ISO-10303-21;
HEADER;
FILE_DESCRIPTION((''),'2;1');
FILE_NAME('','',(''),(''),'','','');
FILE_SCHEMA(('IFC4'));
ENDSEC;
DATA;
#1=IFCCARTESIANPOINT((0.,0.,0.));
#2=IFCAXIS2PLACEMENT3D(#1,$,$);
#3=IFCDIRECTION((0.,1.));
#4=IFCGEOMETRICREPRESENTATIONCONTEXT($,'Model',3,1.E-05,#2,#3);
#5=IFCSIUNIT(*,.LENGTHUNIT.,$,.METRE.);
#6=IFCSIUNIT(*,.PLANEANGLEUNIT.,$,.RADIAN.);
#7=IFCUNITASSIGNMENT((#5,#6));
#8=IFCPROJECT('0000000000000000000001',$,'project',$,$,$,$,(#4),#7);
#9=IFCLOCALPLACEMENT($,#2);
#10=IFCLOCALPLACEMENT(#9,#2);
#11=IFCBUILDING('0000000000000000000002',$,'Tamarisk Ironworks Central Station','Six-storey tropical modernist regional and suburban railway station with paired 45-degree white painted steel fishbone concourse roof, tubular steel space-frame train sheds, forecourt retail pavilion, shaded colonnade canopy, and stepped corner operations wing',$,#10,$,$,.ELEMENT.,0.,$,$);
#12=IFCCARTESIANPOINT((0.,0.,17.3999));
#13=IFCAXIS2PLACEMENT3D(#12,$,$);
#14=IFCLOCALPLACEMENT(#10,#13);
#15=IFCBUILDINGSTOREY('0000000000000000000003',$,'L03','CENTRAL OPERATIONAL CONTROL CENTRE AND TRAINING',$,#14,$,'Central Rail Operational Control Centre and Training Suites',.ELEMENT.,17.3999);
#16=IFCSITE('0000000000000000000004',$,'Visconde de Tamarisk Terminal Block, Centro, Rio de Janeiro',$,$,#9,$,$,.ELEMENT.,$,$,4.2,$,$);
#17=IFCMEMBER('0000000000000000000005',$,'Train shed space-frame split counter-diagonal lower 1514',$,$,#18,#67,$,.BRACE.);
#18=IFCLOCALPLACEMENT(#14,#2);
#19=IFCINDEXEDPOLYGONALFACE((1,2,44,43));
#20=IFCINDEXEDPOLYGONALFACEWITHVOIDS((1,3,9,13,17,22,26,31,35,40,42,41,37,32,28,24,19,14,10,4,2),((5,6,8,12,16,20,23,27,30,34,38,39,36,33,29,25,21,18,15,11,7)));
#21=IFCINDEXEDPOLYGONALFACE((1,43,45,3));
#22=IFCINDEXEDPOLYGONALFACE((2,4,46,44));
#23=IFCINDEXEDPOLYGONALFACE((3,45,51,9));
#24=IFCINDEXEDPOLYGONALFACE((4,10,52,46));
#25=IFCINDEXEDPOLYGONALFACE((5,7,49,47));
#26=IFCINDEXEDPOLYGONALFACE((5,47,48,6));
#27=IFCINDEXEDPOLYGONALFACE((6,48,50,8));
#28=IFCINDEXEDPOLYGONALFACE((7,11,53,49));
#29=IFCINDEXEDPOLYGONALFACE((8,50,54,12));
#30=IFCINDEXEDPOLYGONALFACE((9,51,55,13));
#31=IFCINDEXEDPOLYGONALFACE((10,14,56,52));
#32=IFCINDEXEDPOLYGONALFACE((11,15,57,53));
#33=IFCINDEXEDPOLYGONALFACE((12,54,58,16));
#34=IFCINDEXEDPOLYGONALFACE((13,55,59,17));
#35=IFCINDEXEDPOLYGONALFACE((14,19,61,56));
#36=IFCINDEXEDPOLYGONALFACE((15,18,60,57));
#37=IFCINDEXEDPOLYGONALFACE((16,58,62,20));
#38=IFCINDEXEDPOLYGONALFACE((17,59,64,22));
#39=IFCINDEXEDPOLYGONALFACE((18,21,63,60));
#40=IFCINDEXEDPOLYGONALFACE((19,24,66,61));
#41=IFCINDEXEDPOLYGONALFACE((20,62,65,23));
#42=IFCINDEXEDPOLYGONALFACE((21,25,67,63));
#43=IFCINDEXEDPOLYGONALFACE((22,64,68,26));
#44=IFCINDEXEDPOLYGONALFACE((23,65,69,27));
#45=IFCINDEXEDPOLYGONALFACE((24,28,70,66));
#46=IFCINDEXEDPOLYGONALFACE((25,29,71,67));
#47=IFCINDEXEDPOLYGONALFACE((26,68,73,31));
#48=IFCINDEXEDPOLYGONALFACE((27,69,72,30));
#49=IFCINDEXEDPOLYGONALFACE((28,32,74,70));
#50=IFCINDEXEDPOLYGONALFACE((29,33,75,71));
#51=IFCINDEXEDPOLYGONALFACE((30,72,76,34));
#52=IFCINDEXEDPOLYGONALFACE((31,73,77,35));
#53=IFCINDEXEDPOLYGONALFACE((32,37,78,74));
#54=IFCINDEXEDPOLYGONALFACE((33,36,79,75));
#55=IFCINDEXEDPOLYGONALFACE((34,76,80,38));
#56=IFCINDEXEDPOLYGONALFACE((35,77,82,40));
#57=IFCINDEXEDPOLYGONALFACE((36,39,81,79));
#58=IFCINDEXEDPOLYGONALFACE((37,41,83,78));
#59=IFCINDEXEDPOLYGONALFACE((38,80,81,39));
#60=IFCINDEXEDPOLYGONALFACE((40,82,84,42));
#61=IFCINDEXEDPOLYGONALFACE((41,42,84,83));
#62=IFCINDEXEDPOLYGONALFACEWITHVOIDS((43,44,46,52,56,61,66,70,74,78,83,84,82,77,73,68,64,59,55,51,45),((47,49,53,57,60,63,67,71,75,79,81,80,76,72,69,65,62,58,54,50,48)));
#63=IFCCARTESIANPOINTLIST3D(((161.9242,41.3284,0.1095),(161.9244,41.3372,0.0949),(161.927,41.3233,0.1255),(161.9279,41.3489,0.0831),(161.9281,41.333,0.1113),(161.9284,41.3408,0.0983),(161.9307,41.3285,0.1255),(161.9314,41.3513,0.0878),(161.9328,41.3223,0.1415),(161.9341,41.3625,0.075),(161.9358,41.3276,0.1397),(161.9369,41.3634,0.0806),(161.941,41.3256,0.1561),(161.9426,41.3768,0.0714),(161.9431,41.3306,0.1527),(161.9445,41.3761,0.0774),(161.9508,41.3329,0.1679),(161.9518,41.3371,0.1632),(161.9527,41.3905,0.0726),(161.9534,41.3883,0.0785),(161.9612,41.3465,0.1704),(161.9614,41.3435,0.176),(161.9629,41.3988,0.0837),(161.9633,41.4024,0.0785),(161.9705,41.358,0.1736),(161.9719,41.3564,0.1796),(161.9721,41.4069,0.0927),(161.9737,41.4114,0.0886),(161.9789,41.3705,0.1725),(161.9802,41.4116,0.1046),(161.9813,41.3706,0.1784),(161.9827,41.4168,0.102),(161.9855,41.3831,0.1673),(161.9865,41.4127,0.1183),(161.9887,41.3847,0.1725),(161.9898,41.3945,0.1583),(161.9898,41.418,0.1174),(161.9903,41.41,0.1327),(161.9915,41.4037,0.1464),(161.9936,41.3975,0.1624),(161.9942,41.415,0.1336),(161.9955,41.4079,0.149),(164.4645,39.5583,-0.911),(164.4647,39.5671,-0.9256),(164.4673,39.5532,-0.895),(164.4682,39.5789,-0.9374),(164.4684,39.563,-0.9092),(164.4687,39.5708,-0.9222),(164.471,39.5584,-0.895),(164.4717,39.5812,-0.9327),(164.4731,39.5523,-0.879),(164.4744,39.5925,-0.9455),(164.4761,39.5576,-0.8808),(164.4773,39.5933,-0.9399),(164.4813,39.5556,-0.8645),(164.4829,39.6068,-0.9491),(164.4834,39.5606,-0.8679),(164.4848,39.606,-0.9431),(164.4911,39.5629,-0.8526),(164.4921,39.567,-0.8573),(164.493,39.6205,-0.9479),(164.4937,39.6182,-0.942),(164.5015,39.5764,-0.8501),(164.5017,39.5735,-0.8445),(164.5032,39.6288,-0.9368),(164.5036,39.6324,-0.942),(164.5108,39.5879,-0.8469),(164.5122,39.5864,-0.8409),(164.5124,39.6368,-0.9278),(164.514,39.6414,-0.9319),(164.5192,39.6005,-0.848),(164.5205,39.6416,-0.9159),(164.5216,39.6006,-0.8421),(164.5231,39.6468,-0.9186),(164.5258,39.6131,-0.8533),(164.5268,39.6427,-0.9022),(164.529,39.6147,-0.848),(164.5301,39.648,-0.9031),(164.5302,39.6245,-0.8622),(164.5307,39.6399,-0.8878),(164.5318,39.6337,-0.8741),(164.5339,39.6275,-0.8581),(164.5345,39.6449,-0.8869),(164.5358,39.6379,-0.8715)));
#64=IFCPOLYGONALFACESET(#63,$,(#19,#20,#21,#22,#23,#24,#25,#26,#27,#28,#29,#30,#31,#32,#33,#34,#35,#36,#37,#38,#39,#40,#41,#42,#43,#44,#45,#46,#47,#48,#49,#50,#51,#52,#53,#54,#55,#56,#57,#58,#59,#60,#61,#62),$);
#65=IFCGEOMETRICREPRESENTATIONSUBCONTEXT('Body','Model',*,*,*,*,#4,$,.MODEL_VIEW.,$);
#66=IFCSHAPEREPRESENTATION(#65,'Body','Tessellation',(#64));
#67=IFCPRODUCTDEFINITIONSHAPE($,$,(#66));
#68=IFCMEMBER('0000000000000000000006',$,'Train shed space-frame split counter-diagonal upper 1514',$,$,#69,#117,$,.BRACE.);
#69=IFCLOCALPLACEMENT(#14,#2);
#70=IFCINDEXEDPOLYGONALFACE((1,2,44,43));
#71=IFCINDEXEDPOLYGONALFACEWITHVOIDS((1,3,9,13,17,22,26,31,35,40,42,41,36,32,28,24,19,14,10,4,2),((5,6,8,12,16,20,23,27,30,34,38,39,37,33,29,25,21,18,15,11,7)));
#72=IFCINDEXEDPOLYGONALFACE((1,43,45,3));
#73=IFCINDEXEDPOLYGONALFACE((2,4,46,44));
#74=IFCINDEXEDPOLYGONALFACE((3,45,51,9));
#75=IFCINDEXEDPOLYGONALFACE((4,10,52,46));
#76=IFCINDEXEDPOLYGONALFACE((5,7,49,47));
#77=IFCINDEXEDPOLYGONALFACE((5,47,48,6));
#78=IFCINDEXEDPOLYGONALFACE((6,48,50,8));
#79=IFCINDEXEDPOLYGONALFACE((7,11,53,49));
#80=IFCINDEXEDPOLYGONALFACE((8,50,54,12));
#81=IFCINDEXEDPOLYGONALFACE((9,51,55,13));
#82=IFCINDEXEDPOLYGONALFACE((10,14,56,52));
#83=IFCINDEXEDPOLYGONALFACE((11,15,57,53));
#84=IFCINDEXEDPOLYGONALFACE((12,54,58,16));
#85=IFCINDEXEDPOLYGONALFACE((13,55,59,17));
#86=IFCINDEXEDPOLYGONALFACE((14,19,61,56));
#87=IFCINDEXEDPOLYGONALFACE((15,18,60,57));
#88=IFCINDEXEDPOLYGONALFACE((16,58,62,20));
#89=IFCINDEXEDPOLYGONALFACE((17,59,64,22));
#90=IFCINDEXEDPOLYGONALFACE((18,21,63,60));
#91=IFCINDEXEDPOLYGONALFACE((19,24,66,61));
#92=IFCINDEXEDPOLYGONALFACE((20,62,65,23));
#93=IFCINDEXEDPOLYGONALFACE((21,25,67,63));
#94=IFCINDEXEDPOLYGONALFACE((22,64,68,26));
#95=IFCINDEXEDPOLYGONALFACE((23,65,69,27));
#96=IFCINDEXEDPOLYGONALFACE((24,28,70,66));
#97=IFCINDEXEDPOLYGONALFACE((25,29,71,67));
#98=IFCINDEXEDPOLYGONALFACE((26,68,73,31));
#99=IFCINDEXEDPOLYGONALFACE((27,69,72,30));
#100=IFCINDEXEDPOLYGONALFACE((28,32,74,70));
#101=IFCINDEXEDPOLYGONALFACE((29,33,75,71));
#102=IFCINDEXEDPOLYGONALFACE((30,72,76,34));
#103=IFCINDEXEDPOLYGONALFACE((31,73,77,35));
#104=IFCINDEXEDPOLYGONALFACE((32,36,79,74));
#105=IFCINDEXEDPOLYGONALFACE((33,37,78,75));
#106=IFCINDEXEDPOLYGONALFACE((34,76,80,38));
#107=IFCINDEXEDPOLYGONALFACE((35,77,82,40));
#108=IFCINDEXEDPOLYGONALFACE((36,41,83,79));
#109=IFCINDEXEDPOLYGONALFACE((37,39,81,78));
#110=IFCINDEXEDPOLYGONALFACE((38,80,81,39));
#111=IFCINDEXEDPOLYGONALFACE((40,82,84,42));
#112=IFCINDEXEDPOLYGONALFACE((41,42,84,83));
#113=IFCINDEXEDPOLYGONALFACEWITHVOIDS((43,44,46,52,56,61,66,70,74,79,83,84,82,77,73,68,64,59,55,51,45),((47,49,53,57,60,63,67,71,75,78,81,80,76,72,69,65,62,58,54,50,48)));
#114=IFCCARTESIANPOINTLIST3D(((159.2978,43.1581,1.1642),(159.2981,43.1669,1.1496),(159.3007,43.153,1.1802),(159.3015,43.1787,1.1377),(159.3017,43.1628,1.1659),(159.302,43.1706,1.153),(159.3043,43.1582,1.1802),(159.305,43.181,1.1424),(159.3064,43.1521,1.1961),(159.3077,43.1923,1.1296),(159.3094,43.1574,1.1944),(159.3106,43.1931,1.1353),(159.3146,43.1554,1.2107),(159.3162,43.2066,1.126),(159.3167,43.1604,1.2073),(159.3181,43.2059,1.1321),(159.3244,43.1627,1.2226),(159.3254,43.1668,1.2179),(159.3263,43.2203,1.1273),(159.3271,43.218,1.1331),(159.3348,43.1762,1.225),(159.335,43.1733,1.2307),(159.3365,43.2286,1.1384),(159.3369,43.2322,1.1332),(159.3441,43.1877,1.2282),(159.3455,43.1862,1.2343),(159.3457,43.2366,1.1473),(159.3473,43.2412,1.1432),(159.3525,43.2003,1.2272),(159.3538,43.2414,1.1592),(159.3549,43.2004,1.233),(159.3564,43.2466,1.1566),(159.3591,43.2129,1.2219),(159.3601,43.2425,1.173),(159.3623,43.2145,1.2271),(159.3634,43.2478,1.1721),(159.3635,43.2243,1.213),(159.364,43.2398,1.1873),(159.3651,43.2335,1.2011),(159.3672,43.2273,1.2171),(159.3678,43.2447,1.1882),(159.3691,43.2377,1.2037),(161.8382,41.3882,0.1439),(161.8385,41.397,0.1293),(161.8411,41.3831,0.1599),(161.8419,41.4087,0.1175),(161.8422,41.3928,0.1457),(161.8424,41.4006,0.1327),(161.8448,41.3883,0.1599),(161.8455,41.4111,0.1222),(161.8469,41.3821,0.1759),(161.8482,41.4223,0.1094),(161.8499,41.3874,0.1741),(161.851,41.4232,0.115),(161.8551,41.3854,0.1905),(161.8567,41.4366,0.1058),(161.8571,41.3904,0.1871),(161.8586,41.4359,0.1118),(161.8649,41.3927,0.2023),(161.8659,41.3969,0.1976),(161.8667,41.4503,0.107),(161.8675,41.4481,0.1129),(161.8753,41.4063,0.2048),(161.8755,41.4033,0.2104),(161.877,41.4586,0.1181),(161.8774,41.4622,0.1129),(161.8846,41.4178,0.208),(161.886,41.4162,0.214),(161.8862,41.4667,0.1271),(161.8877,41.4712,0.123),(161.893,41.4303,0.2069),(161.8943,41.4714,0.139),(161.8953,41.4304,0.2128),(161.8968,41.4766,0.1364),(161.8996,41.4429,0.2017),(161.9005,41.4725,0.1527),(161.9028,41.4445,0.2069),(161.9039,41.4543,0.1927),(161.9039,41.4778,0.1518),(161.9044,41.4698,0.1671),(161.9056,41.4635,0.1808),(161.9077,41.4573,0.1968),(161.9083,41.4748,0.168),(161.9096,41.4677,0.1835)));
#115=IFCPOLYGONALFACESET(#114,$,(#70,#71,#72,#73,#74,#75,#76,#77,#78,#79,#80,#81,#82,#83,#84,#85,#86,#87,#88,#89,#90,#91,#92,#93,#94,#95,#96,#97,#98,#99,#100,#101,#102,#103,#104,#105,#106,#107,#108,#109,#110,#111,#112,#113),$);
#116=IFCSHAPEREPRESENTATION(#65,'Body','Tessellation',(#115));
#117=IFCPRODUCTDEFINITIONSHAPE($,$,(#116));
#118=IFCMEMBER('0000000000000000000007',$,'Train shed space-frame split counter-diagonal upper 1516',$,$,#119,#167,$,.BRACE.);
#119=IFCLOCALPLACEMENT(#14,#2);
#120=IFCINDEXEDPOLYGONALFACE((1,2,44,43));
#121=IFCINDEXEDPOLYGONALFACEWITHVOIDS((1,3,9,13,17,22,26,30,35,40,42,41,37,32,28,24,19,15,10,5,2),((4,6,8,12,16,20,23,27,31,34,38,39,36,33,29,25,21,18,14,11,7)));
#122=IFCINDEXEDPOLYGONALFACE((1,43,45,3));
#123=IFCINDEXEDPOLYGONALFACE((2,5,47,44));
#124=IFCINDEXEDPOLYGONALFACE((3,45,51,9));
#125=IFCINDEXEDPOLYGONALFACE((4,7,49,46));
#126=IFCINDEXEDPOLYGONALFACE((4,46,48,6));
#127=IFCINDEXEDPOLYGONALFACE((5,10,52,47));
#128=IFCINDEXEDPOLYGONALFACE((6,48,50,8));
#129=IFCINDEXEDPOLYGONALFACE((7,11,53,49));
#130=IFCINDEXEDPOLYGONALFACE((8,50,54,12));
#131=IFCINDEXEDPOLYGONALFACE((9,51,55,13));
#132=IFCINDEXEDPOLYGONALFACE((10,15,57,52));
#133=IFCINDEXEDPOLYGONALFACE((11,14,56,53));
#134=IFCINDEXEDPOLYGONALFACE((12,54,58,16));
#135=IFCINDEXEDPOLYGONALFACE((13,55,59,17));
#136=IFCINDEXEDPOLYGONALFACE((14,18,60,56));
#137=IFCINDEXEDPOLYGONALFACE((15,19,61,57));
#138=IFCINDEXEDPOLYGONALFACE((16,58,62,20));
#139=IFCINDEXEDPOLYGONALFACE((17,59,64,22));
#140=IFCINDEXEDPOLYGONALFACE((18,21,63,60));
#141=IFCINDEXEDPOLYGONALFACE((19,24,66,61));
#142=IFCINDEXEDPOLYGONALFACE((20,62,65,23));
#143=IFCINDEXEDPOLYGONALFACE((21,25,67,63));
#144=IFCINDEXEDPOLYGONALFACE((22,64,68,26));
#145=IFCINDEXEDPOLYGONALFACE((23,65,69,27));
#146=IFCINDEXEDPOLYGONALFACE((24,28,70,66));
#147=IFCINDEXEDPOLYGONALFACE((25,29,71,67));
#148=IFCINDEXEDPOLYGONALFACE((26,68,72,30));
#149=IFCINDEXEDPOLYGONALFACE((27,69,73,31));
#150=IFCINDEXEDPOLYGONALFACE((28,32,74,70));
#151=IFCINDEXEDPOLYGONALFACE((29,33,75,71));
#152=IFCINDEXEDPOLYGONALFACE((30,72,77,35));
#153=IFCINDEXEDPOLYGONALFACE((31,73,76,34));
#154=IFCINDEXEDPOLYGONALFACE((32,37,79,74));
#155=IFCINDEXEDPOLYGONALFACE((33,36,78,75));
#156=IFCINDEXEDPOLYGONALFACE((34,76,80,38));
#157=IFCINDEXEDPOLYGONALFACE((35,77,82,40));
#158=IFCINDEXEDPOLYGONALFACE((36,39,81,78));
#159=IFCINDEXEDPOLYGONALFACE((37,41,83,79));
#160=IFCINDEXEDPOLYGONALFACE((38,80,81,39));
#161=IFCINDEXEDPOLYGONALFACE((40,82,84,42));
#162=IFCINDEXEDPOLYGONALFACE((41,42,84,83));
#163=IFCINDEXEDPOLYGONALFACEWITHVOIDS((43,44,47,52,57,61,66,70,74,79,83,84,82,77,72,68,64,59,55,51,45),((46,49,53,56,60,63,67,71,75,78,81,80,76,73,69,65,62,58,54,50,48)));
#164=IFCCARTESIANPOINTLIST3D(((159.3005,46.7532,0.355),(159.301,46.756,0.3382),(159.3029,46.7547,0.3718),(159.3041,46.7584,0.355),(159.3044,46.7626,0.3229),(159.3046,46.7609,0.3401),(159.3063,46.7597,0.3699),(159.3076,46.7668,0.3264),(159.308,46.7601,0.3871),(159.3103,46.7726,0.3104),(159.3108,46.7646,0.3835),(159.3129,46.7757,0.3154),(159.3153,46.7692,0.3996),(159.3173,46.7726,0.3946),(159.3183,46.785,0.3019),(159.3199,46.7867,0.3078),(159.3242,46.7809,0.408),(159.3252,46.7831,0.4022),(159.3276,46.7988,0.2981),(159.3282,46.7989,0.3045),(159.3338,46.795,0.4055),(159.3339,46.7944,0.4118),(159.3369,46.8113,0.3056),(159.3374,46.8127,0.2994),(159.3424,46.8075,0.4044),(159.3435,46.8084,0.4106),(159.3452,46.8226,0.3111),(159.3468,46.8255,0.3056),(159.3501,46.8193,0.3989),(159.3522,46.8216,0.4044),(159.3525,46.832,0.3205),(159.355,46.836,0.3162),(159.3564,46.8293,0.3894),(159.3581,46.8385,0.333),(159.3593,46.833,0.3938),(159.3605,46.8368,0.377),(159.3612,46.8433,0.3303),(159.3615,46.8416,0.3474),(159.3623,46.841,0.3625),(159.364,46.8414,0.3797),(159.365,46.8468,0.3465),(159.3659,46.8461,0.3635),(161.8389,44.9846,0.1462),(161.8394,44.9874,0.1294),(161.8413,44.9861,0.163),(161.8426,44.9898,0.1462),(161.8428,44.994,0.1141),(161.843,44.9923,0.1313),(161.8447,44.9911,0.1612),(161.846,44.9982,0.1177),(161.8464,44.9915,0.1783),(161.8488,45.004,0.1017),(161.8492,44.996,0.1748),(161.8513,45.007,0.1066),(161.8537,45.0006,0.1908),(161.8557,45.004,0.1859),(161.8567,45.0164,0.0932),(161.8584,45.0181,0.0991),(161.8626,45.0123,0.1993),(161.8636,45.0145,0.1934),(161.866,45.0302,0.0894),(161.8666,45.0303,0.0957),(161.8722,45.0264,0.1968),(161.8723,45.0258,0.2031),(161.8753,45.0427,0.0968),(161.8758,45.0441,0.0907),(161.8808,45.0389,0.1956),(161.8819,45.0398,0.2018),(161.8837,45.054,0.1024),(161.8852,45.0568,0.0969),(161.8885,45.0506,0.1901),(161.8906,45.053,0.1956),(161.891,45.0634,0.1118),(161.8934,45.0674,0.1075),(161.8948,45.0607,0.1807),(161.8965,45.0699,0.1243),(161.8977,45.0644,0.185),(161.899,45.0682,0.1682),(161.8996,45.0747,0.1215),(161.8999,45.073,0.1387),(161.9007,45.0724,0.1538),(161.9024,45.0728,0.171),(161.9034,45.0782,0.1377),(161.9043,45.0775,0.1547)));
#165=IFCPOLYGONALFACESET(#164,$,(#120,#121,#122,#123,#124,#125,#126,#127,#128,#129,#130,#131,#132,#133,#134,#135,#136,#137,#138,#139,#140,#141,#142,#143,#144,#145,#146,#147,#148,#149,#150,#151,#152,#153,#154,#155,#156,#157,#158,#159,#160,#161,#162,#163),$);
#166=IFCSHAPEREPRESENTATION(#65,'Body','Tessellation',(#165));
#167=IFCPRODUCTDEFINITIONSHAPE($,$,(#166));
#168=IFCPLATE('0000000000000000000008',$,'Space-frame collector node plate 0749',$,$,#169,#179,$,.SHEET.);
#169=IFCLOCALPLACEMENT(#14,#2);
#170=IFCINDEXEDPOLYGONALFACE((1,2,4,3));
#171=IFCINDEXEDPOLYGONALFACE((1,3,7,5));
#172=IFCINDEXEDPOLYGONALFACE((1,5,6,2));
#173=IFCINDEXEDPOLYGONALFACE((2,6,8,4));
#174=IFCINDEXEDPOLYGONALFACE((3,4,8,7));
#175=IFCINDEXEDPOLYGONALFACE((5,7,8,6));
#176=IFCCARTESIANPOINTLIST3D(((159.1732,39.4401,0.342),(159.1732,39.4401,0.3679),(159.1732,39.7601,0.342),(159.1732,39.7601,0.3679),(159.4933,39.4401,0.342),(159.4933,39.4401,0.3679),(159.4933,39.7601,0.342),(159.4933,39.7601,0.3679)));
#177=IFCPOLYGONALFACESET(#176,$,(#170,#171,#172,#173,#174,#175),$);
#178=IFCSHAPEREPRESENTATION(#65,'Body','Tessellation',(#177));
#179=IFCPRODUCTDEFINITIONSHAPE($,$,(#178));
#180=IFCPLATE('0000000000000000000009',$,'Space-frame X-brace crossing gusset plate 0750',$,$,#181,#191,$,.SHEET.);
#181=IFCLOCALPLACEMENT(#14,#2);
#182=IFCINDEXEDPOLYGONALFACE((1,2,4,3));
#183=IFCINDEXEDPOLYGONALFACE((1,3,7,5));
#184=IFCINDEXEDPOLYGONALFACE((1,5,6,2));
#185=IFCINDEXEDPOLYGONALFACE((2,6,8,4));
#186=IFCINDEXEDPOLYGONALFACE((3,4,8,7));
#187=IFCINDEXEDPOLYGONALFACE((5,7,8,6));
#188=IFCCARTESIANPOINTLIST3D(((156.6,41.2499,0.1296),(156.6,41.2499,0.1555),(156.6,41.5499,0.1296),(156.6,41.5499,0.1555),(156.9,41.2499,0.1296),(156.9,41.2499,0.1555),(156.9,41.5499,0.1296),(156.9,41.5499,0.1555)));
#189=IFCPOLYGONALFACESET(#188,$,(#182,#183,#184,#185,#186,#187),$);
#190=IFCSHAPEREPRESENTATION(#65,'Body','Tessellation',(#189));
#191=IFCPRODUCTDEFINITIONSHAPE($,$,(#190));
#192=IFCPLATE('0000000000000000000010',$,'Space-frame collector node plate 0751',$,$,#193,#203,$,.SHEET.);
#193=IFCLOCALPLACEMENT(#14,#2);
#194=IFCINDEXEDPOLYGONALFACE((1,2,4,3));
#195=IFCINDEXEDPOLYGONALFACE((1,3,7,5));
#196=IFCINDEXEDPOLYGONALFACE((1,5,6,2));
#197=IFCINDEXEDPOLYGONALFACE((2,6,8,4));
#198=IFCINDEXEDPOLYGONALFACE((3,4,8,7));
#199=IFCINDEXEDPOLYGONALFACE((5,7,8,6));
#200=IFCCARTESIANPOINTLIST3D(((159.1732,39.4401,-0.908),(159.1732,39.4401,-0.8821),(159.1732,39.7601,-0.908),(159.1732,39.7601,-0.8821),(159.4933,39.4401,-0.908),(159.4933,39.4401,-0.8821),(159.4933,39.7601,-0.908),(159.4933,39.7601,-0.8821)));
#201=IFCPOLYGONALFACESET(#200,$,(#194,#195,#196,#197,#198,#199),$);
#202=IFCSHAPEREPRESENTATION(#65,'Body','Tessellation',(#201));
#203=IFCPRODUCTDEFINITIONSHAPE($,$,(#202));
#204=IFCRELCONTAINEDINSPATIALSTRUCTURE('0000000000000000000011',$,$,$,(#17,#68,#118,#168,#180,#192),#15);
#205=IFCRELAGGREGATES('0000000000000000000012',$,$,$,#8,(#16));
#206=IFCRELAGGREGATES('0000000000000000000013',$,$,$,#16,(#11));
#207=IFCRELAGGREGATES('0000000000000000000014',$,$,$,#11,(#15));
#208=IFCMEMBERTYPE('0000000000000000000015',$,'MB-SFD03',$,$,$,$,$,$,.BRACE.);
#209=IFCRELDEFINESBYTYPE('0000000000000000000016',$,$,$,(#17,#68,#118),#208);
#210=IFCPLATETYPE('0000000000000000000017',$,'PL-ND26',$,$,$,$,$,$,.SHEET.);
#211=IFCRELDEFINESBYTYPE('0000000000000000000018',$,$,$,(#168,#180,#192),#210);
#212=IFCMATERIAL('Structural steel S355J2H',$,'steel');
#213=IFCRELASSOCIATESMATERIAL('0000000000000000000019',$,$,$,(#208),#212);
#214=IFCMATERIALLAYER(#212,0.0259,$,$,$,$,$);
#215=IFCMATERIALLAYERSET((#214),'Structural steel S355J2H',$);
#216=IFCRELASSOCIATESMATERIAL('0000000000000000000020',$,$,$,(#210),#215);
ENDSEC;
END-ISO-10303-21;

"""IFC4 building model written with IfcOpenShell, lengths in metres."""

from ifc_helpers import new_model, si_unit, direction, frame, origin, origin_2d, place, context, subcontext, project, spatial, rectangle, hollow_circle, extrude, material, layer, layer_set, material_profile, profile_set, type_object, element, save


model = new_model("IFC4")

# Units and contexts
model_context = context("Model", 3, precision=1e-05, world=origin(), true_north=direction((0.0, 1.0)))
body_context = subcontext(model_context, "Body", "Model", "MODEL_VIEW")
ifc_project = project(units=[si_unit("LENGTHUNIT", "METRE"), si_unit("PLANEANGLEUNIT", "RADIAN")], contexts=[model_context])

# Site, building, storey
site_placement = place(None, origin())
site = spatial("IfcSite", under=ifc_project, at=site_placement, Name="Visconde de Tamarisk Terminal Block, Centro, Rio de Janeiro", CompositionType="ELEMENT", RefElevation=4.2)
building_placement = place(site_placement, origin())
building = spatial("IfcBuilding", under=site, at=building_placement, Name="Tamarisk Ironworks Central Station", Description="Six-storey tropical modernist regional and suburban railway station with paired 45-degree white painted steel fishbone concourse roof, tubular steel space-frame train sheds, forecourt retail pavilion, shaded colonnade canopy, and stepped corner operations wing", CompositionType="ELEMENT", ElevationOfRefHeight=0.0)
storey_placement = place(building_placement, frame((0.0, 0.0, 17.3999)))
storey = spatial("IfcBuildingStorey", under=building, at=storey_placement, Name="L03", Description="CENTRAL OPERATIONAL CONTROL CENTRE AND TRAINING", LongName="Central Rail Operational Control Centre and Training Suites", CompositionType="ELEMENT", Elevation=17.3999)

# Members
ifc_material = material(Name="Structural steel S355J2H", Category="steel")
ifc_material_profile_1 = material_profile(ifc_material, hollow_circle(Radius=0.0571, WallThickness=0.0063, at=origin_2d()), Name="CHS 114.3x6.3")
ifc_profile_set_1 = profile_set([ifc_material_profile_1], Name="Structural steel S355J2H")
member_type_1 = type_object("IfcMemberType", Name="MB-SFD03", PredefinedType="BRACE", material=ifc_profile_set_1)
for number, where, z_axis, x_axis, name in (
    (1, (164.5, 39.6001, -0.895), (-0.779234, 0.542955, 0.313042), (-0.571688, -0.820471, 0.0), "Train shed space-frame split counter-diagonal lower 1514"),
    (2, (161.8738, 41.4299, 0.1599), (-0.779281, 0.542936, 0.312956), (-0.571651, -0.820497, 0.0), "Train shed space-frame split counter-diagonal upper 1514"),
):
    element("IfcMember", number, at=place(storey_placement, frame(where, z_axis=z_axis, x_axis=x_axis)), inside=storey, type_object=member_type_1, Name=name, PredefinedType="BRACE", context=body_context, shape_type="SweptSolid", body=[
        extrude(hollow_circle(Radius=0.0571, WallThickness=0.0063, at=origin_2d()), origin(), (0.0, 0.0, 1.0), 3.26),
    ])
member_1_placement = place(storey_placement, frame((161.8716, 45.0315, 0.1462), z_axis=(-0.818625, 0.570369, 0.06732), x_axis=(-0.571666, -0.820487, 0.0)))
element("IfcMember", 3, at=member_1_placement, inside=storey, type_object=member_type_1, Name="Train shed space-frame split counter-diagonal upper 1516", PredefinedType="BRACE", context=body_context, shape_type="SweptSolid", body=[
    extrude(hollow_circle(Radius=0.0571, WallThickness=0.0063, at=origin_2d()), origin(), (0.0, 0.0, 1.0), 3.1008),
])

# Plates
ifc_layer = layer(ifc_material, 0.0259)
ifc_layer_set = layer_set([ifc_layer], Name="Structural steel S355J2H")
plate_type = type_object("IfcPlateType", Name="PL-ND26", PredefinedType="SHEET", material=ifc_layer_set)
plate_1_placement = place(storey_placement, frame((159.3333, 39.6001, 0.342), z_axis=(0.0, 0.0, 1.0), x_axis=(1.0, 0.0, 0.0)))
element("IfcPlate", 4, at=plate_1_placement, inside=storey, type_object=plate_type, Name="Space-frame collector node plate 0749", PredefinedType="SHEET", context=body_context, shape_type="SweptSolid", body=[
    extrude(rectangle(XDim=0.3201, YDim=0.3201, at=origin_2d()), origin(), (0.0, 0.0, 1.0), 0.0259),
])
plate_2_placement = place(storey_placement, frame((156.75, 41.3999, 0.1296), z_axis=(0.0, 0.0, 1.0), x_axis=(1.0, 0.0, 0.0)))
element("IfcPlate", 5, at=plate_2_placement, inside=storey, type_object=plate_type, Name="Space-frame X-brace crossing gusset plate 0750", PredefinedType="SHEET", context=body_context, shape_type="SweptSolid", body=[
    extrude(rectangle(XDim=0.3, YDim=0.3, at=origin_2d()), origin(), (0.0, 0.0, 1.0), 0.0259),
])
for number, where, z_axis, x_axis, name in (
    (6, (159.3333, 39.6001, -0.908), (0.0, 0.0, 1.0), (1.0, 0.0, 0.0), "Space-frame collector node plate 0751"),
):
    element("IfcPlate", number, at=place(storey_placement, frame(where, z_axis=z_axis, x_axis=x_axis)), inside=storey, type_object=plate_type, Name=name, PredefinedType="SHEET", context=body_context, shape_type="SweptSolid", body=[
        extrude(rectangle(XDim=0.3201, YDim=0.3201, at=origin_2d()), origin(), (0.0, 0.0, 1.0), 0.0259),
    ])

save(model, "model.ifc")
